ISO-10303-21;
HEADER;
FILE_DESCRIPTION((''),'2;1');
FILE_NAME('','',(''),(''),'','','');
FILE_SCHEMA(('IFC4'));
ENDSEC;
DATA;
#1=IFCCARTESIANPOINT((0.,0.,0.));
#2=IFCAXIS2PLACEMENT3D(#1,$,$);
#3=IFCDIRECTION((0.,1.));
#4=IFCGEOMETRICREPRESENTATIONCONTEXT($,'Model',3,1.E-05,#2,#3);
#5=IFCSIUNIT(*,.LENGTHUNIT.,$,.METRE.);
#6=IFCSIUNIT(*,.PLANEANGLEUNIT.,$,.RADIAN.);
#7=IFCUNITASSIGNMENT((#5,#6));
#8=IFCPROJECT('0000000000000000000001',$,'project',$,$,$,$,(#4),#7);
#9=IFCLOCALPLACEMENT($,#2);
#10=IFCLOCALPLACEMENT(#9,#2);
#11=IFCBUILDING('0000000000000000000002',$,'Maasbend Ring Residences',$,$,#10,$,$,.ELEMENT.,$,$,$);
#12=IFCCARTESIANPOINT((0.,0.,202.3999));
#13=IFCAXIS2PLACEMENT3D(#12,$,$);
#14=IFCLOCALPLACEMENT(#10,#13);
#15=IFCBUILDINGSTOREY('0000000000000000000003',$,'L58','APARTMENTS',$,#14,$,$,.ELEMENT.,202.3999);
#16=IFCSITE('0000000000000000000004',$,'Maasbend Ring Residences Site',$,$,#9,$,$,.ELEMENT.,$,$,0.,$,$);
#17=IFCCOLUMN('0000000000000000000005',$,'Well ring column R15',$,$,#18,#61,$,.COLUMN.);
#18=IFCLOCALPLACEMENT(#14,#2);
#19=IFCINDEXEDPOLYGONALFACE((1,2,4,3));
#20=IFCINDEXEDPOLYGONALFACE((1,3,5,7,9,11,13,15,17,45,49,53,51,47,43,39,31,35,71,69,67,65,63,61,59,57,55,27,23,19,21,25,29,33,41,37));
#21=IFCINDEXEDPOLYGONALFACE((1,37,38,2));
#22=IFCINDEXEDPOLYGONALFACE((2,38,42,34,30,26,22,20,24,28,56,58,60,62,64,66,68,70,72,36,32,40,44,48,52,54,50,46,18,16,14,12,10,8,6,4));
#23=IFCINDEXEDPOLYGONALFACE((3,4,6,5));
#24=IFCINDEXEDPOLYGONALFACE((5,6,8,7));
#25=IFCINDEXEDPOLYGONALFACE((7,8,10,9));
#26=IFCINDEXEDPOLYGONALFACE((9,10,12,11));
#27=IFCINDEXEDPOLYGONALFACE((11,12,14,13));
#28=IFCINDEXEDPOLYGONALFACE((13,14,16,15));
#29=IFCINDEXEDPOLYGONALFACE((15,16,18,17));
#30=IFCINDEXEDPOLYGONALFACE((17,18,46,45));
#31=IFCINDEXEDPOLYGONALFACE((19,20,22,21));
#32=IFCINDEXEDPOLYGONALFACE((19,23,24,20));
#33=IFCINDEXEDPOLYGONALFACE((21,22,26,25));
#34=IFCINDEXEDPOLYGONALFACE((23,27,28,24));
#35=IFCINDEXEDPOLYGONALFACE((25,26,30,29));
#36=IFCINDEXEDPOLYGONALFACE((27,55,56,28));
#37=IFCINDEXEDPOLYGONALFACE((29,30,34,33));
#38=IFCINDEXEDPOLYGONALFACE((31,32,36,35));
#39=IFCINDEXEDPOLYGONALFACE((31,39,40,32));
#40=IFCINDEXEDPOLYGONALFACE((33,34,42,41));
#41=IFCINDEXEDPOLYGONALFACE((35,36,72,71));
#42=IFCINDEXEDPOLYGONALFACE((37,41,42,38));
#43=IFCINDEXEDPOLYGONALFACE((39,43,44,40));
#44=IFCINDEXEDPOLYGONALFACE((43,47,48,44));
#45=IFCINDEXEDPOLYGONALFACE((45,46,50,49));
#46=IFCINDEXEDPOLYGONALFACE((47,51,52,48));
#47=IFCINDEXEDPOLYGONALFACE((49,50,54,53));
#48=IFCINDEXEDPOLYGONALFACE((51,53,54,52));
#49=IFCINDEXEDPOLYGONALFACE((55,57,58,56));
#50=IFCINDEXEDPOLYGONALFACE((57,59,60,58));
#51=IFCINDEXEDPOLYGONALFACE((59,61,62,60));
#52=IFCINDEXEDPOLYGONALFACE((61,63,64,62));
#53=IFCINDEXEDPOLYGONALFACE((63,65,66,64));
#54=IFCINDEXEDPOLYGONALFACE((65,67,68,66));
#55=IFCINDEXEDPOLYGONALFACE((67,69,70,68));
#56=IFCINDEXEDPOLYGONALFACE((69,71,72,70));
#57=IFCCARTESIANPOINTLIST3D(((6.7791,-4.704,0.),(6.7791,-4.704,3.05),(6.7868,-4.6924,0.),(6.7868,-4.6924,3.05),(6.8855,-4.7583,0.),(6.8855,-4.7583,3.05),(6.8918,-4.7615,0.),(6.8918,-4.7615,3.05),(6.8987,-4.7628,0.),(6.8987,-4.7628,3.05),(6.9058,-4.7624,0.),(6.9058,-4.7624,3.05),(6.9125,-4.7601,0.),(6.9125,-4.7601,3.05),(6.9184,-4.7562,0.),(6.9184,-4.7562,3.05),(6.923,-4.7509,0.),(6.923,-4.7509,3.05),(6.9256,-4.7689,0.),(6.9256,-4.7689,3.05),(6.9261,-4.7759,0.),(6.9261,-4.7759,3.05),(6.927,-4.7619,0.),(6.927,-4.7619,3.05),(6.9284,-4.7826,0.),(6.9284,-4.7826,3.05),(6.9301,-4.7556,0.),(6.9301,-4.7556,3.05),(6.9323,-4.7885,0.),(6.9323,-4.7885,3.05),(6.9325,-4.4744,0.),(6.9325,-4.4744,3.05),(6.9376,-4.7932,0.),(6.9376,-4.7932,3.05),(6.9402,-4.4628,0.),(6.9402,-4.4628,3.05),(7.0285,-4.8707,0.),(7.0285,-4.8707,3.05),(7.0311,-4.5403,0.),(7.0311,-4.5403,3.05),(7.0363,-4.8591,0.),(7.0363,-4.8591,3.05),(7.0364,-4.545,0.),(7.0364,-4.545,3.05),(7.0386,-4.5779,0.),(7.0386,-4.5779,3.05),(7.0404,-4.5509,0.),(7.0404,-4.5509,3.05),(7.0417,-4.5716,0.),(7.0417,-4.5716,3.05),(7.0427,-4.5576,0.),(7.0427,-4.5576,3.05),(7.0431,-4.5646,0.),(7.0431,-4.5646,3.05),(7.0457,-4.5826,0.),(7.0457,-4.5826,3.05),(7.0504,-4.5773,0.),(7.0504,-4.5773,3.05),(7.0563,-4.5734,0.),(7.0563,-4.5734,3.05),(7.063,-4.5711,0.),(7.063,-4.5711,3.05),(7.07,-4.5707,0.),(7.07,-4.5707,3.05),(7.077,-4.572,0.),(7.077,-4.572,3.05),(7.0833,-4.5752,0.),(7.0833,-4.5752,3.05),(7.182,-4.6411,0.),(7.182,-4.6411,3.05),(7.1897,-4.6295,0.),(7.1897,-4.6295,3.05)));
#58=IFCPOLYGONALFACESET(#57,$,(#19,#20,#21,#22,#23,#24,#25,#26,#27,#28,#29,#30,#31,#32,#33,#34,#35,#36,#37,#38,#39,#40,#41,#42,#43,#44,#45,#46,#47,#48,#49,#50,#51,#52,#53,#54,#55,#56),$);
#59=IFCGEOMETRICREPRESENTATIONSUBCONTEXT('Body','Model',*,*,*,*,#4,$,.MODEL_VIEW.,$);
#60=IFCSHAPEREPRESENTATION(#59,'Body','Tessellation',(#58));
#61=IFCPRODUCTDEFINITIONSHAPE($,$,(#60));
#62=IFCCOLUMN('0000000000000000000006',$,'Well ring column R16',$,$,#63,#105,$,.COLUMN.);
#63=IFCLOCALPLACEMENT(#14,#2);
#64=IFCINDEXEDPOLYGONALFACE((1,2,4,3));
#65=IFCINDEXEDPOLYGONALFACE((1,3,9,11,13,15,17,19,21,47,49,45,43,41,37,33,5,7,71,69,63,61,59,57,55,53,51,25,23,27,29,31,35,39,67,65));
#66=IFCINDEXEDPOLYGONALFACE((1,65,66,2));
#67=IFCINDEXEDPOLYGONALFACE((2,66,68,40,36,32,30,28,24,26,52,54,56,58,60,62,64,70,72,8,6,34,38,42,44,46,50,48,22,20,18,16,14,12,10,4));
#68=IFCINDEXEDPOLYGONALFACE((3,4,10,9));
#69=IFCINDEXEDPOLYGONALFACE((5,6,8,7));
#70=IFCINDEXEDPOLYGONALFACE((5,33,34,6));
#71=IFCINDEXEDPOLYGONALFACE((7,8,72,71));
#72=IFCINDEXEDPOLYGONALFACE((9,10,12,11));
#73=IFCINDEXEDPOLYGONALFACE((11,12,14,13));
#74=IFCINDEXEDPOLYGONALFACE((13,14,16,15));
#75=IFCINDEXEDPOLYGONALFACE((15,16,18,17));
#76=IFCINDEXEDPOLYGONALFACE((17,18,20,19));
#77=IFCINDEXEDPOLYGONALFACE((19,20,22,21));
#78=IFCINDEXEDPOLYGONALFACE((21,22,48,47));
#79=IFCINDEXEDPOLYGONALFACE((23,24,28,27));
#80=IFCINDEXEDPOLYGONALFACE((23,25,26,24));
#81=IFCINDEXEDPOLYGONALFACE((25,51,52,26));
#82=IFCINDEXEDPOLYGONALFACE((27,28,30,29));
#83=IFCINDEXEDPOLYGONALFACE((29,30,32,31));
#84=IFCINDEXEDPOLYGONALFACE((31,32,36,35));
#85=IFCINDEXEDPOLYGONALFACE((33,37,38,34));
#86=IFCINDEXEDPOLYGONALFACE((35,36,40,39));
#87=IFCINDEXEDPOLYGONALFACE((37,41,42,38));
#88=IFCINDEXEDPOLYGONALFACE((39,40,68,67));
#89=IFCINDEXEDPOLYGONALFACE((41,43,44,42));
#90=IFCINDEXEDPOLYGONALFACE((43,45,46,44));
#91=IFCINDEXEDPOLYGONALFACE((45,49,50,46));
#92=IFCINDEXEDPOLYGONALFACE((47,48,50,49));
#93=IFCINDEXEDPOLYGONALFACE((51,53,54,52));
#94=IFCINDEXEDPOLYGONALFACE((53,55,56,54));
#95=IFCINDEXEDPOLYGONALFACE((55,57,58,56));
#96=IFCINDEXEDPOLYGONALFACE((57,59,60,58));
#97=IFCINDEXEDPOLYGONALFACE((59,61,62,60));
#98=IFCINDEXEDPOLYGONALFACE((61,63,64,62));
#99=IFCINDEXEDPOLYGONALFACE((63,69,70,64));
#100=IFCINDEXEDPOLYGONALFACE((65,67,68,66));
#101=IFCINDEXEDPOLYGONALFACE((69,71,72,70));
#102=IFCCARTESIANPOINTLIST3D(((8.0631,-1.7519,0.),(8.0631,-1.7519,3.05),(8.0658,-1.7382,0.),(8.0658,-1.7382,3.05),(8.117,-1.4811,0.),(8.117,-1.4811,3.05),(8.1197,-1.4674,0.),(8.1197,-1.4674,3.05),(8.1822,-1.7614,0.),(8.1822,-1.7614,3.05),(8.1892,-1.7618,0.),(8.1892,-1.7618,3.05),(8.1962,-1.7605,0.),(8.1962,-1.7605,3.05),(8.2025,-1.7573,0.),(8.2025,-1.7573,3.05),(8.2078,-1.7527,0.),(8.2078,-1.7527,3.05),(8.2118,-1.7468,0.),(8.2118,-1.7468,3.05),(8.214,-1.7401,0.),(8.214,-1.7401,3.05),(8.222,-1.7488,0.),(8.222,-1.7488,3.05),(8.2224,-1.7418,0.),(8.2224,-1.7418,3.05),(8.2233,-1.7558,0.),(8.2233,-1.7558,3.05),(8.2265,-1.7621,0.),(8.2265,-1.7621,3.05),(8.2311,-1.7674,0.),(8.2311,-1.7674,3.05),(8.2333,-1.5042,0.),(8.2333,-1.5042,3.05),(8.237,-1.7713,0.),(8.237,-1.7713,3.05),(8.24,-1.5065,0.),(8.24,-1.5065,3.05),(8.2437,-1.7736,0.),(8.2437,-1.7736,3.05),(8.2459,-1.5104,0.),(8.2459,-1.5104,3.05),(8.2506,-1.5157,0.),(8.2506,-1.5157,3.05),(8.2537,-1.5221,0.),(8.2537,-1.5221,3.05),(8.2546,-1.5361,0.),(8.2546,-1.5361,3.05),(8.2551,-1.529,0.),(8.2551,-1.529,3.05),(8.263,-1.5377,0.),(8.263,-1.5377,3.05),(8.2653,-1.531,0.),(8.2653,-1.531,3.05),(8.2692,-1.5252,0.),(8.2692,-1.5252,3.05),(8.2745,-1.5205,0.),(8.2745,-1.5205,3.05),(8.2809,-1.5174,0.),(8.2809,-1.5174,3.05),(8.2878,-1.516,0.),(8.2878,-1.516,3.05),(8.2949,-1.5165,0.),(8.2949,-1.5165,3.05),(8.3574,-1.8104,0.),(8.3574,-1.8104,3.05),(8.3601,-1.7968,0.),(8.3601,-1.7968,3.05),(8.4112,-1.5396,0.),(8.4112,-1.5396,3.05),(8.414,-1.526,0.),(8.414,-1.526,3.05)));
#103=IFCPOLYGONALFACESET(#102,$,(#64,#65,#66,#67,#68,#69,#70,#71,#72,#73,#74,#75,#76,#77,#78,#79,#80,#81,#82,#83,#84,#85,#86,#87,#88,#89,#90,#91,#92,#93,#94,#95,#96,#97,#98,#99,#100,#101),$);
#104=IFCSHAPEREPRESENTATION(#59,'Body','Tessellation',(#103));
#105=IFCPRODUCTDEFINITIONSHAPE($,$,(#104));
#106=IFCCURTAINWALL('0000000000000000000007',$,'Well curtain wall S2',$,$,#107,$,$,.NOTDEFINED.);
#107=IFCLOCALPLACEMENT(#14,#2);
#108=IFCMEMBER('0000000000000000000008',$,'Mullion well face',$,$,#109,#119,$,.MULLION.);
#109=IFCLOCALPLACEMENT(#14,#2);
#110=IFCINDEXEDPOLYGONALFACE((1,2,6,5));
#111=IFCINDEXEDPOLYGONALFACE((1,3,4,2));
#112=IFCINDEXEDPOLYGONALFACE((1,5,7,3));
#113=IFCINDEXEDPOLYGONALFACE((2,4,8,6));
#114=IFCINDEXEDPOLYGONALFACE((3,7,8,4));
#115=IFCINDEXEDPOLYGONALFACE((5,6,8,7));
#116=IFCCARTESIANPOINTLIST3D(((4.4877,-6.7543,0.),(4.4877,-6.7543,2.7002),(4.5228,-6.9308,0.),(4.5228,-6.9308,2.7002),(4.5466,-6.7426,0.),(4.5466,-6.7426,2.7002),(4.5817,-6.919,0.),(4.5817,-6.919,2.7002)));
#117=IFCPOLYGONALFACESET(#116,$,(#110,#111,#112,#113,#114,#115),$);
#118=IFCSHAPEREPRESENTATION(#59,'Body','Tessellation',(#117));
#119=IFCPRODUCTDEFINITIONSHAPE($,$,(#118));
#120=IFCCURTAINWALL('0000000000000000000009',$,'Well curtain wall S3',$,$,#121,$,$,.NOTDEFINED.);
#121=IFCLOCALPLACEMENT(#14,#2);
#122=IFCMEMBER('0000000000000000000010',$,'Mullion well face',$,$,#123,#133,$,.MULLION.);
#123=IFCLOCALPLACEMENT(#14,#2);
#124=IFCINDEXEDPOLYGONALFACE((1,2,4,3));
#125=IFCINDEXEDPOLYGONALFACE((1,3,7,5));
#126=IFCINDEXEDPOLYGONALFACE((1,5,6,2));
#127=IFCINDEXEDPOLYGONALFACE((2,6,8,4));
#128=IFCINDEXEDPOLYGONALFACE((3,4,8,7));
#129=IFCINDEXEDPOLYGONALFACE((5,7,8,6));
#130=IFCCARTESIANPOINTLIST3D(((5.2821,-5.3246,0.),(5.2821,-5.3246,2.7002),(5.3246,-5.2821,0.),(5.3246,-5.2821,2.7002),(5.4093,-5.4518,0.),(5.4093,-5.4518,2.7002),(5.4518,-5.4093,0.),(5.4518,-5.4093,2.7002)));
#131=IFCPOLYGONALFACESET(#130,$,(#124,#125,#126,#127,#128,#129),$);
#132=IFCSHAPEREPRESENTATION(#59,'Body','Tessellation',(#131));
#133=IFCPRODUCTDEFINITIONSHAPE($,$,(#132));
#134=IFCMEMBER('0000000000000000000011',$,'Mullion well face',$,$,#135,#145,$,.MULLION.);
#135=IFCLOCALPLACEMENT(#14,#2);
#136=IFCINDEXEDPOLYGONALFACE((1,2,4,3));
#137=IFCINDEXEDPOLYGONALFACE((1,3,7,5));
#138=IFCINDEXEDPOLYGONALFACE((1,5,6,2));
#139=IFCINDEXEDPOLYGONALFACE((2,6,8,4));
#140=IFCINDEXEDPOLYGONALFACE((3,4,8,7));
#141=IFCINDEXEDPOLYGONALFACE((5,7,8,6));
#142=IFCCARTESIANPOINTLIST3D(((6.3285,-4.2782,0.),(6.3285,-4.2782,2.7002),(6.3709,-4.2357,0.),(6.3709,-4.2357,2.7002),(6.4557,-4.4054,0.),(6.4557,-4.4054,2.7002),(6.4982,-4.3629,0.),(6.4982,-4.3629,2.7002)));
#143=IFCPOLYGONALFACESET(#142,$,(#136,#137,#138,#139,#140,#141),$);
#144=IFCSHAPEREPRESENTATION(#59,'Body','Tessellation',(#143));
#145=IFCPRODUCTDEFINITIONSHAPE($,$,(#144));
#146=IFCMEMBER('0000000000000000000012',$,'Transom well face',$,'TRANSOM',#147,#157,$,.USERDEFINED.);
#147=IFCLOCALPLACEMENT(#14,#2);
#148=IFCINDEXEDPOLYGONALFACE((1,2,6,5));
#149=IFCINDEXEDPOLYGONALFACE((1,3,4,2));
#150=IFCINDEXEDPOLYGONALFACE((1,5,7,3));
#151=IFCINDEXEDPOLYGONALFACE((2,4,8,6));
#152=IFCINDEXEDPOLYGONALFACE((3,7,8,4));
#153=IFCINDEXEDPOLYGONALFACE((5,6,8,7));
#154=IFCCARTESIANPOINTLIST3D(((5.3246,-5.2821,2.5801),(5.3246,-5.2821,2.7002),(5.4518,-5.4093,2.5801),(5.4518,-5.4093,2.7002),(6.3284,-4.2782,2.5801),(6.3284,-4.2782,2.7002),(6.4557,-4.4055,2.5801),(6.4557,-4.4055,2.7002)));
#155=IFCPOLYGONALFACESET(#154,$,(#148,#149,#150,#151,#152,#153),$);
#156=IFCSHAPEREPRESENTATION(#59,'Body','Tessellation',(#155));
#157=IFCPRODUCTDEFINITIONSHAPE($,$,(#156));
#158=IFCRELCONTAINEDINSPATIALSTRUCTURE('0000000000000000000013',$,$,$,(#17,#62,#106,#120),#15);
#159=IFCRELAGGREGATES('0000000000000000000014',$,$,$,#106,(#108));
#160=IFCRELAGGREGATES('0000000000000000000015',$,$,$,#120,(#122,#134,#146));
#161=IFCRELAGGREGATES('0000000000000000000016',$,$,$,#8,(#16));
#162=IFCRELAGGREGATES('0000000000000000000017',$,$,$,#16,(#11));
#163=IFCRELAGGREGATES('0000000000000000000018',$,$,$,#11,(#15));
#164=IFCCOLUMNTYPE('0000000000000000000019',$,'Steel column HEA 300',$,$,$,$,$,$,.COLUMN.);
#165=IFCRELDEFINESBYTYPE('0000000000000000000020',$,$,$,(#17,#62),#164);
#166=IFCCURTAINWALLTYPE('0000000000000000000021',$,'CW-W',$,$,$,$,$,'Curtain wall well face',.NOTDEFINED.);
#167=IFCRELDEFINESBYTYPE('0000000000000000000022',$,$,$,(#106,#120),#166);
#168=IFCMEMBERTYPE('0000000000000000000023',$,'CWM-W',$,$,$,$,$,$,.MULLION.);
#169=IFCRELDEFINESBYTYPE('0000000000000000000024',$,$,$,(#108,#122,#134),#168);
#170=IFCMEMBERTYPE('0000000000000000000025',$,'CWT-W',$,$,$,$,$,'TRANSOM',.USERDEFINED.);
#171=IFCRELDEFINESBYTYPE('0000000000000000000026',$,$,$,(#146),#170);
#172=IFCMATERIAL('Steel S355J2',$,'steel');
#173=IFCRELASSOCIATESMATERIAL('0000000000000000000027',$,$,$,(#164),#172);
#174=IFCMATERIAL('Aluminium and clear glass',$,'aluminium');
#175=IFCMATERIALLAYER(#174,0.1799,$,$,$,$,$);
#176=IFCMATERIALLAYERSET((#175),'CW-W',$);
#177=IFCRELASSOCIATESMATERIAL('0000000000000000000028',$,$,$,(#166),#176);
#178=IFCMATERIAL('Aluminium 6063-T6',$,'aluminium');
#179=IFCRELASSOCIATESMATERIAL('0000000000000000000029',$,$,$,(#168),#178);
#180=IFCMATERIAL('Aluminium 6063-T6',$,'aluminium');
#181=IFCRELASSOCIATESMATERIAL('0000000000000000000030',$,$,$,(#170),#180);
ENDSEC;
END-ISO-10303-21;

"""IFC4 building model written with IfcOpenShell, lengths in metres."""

from ifc_helpers import new_model, si_unit, direction, frame, origin, origin_2d, place, context, subcontext, project, spatial, rectangle, i_section, extrude, material, layer, layer_set, material_profile, profile_set, type_object, element, aggregate, save


model = new_model("IFC4")

# Units and contexts
model_context = context("Model", 3, precision=1e-05, world=origin(), true_north=direction((0.0, 1.0)))
body_context = subcontext(model_context, "Body", "Model", "MODEL_VIEW")
ifc_project = project(units=[si_unit("LENGTHUNIT", "METRE"), si_unit("PLANEANGLEUNIT", "RADIAN")], contexts=[model_context])

# Site, building, storey
site_placement = place(None, origin())
site = spatial("IfcSite", under=ifc_project, at=site_placement, Name="Maasbend Ring Residences Site", CompositionType="ELEMENT", RefElevation=0.0)
building_placement = place(site_placement, origin())
building = spatial("IfcBuilding", under=site, at=building_placement, Name="Maasbend Ring Residences", CompositionType="ELEMENT")
storey_placement = place(building_placement, frame((0.0, 0.0, 202.3999)))
storey = spatial("IfcBuildingStorey", under=building, at=storey_placement, Name="L58", Description="APARTMENTS", CompositionType="ELEMENT", Elevation=202.3999)

# Columns
ifc_material_1 = material(Name="Steel S355J2", Category="steel")
ifc_material_profile_1 = material_profile(ifc_material_1, i_section(OverallWidth=0.3, OverallDepth=0.29, WebThickness=0.0085, FlangeThickness=0.0139, FilletRadius=0.0271, at=origin_2d()), Name="HEA 300")
ifc_profile_set_1 = profile_set([ifc_material_profile_1], Name="Steel S355J2")
column_type = type_object("IfcColumnType", Name="Steel column HEA 300", PredefinedType="COLUMN", material=ifc_profile_set_1)
for number, where, z_axis, x_axis, name in (
    (1, (6.9844, -4.6667, 0.0), (0.0, 0.0, 1.0), (0.83147, -0.55557, 0.0), "Well ring column R15"),
    (2, (8.2385, -1.6389, 0.0), (0.0, 0.0, 1.0), (0.980785, -0.19509, 0.0), "Well ring column R16"),
):
    element("IfcColumn", number, at=place(storey_placement, frame(where, z_axis=z_axis, x_axis=x_axis)), inside=storey, type_object=column_type, Name=name, PredefinedType="COLUMN", context=body_context, shape_type="SweptSolid", body=[
        extrude(i_section(OverallWidth=0.3, OverallDepth=0.29, WebThickness=0.0085, FlangeThickness=0.0139, FilletRadius=0.0271, at=origin_2d()), origin(), (0.0, 0.0, 1.0), 3.05),
    ])

# Curtain wall, member
ifc_material_2 = material(Name="Aluminium and clear glass", Category="aluminium")
ifc_layer_1 = layer(ifc_material_2, 0.1799)
ifc_layer_set_1 = layer_set([ifc_layer_1], Name="CW-W")
curtain_wall_type = type_object("IfcCurtainWallType", Name="CW-W", ElementType="Curtain wall well face", PredefinedType="NOTDEFINED", material=ifc_layer_set_1)
curtain_wall_1_placement = place(storey_placement, origin())
curtain_wall_1 = element("IfcCurtainWall", 3, at=curtain_wall_1_placement, inside=storey, type_object=curtain_wall_type, Name="Well curtain wall S2", PredefinedType="NOTDEFINED")
ifc_material_3 = material(Name="Aluminium 6063-T6", Category="aluminium")
ifc_material_profile_2 = material_profile(ifc_material_3, rectangle(XDim=0.1799, YDim=0.0601, at=origin_2d()), Name="AL 180x60")
ifc_profile_set_2 = profile_set([ifc_material_profile_2], Name="Aluminium 6063-T6")
member_type_1 = type_object("IfcMemberType", Name="CWM-W", PredefinedType="MULLION", material=ifc_profile_set_2)
member_1_placement = place(storey_placement, frame((4.5347, -6.8367, 0.0), z_axis=(0.0, 0.0, 1.0), x_axis=(-0.19509, 0.980785, 0.0)))
member_1 = element("IfcMember", 4, at=member_1_placement, type_object=member_type_1, Name="Mullion well face", PredefinedType="MULLION", context=body_context, shape_type="SweptSolid", body=[
    extrude(rectangle(XDim=0.1799, YDim=0.0601, at=origin_2d()), origin(), (0.0, 0.0, 1.0), 2.7002),
])
aggregate(curtain_wall_1, [member_1])

# Curtain wall, members
curtain_wall_2_placement = place(storey_placement, origin())
curtain_wall_2 = element("IfcCurtainWall", 5, at=curtain_wall_2_placement, inside=storey, type_object=curtain_wall_type, Name="Well curtain wall S3", PredefinedType="NOTDEFINED")
member_2_placement = place(storey_placement, frame((5.3669, -5.3669, 0.0), z_axis=(0.0, 0.0, 1.0), x_axis=(-0.707107, 0.707107, 0.0)))
member_2 = element("IfcMember", 6, at=member_2_placement, type_object=member_type_1, Name="Mullion well face", PredefinedType="MULLION", context=body_context, shape_type="SweptSolid", body=[
    extrude(rectangle(XDim=0.1799, YDim=0.0601, at=origin_2d()), origin(), (0.0, 0.0, 1.0), 2.7002),
])
member_3_placement = place(storey_placement, frame((6.4133, -4.3206, 0.0), z_axis=(0.0, 0.0, 1.0), x_axis=(-0.707107, 0.707107, 0.0)))
member_3 = element("IfcMember", 7, at=member_3_placement, type_object=member_type_1, Name="Mullion well face", PredefinedType="MULLION", context=body_context, shape_type="SweptSolid", body=[
    extrude(rectangle(XDim=0.1799, YDim=0.0601, at=origin_2d()), origin(), (0.0, 0.0, 1.0), 2.7002),
])
ifc_material_4 = material(Name="Aluminium 6063-T6", Category="aluminium")
ifc_material_profile_3 = material_profile(ifc_material_4, rectangle(XDim=0.1799, YDim=0.1201, at=origin_2d()), Name="AL 180x120")
ifc_profile_set_3 = profile_set([ifc_material_profile_3], Name="Aluminium 6063-T6")
member_type_2 = type_object("IfcMemberType", Name="CWT-W", ElementType="TRANSOM", PredefinedType="USERDEFINED", material=ifc_profile_set_3)
member_4_placement = place(storey_placement, frame((5.3882, -5.3457, 2.6401), z_axis=(0.707107, 0.707107, 0.0), x_axis=(-0.707107, 0.707107, 0.0)))
member_4 = element("IfcMember", 8, at=member_4_placement, type_object=member_type_2, Name="Transom well face", ObjectType="TRANSOM", PredefinedType="USERDEFINED", context=body_context, shape_type="SweptSolid", body=[
    extrude(rectangle(XDim=0.1799, YDim=0.1201, at=origin_2d()), origin(), (0.0, 0.0, 1.0), 1.4197),
])

aggregate(curtain_wall_2, [member_2, member_3, member_4])

save(model, "model.ifc")
